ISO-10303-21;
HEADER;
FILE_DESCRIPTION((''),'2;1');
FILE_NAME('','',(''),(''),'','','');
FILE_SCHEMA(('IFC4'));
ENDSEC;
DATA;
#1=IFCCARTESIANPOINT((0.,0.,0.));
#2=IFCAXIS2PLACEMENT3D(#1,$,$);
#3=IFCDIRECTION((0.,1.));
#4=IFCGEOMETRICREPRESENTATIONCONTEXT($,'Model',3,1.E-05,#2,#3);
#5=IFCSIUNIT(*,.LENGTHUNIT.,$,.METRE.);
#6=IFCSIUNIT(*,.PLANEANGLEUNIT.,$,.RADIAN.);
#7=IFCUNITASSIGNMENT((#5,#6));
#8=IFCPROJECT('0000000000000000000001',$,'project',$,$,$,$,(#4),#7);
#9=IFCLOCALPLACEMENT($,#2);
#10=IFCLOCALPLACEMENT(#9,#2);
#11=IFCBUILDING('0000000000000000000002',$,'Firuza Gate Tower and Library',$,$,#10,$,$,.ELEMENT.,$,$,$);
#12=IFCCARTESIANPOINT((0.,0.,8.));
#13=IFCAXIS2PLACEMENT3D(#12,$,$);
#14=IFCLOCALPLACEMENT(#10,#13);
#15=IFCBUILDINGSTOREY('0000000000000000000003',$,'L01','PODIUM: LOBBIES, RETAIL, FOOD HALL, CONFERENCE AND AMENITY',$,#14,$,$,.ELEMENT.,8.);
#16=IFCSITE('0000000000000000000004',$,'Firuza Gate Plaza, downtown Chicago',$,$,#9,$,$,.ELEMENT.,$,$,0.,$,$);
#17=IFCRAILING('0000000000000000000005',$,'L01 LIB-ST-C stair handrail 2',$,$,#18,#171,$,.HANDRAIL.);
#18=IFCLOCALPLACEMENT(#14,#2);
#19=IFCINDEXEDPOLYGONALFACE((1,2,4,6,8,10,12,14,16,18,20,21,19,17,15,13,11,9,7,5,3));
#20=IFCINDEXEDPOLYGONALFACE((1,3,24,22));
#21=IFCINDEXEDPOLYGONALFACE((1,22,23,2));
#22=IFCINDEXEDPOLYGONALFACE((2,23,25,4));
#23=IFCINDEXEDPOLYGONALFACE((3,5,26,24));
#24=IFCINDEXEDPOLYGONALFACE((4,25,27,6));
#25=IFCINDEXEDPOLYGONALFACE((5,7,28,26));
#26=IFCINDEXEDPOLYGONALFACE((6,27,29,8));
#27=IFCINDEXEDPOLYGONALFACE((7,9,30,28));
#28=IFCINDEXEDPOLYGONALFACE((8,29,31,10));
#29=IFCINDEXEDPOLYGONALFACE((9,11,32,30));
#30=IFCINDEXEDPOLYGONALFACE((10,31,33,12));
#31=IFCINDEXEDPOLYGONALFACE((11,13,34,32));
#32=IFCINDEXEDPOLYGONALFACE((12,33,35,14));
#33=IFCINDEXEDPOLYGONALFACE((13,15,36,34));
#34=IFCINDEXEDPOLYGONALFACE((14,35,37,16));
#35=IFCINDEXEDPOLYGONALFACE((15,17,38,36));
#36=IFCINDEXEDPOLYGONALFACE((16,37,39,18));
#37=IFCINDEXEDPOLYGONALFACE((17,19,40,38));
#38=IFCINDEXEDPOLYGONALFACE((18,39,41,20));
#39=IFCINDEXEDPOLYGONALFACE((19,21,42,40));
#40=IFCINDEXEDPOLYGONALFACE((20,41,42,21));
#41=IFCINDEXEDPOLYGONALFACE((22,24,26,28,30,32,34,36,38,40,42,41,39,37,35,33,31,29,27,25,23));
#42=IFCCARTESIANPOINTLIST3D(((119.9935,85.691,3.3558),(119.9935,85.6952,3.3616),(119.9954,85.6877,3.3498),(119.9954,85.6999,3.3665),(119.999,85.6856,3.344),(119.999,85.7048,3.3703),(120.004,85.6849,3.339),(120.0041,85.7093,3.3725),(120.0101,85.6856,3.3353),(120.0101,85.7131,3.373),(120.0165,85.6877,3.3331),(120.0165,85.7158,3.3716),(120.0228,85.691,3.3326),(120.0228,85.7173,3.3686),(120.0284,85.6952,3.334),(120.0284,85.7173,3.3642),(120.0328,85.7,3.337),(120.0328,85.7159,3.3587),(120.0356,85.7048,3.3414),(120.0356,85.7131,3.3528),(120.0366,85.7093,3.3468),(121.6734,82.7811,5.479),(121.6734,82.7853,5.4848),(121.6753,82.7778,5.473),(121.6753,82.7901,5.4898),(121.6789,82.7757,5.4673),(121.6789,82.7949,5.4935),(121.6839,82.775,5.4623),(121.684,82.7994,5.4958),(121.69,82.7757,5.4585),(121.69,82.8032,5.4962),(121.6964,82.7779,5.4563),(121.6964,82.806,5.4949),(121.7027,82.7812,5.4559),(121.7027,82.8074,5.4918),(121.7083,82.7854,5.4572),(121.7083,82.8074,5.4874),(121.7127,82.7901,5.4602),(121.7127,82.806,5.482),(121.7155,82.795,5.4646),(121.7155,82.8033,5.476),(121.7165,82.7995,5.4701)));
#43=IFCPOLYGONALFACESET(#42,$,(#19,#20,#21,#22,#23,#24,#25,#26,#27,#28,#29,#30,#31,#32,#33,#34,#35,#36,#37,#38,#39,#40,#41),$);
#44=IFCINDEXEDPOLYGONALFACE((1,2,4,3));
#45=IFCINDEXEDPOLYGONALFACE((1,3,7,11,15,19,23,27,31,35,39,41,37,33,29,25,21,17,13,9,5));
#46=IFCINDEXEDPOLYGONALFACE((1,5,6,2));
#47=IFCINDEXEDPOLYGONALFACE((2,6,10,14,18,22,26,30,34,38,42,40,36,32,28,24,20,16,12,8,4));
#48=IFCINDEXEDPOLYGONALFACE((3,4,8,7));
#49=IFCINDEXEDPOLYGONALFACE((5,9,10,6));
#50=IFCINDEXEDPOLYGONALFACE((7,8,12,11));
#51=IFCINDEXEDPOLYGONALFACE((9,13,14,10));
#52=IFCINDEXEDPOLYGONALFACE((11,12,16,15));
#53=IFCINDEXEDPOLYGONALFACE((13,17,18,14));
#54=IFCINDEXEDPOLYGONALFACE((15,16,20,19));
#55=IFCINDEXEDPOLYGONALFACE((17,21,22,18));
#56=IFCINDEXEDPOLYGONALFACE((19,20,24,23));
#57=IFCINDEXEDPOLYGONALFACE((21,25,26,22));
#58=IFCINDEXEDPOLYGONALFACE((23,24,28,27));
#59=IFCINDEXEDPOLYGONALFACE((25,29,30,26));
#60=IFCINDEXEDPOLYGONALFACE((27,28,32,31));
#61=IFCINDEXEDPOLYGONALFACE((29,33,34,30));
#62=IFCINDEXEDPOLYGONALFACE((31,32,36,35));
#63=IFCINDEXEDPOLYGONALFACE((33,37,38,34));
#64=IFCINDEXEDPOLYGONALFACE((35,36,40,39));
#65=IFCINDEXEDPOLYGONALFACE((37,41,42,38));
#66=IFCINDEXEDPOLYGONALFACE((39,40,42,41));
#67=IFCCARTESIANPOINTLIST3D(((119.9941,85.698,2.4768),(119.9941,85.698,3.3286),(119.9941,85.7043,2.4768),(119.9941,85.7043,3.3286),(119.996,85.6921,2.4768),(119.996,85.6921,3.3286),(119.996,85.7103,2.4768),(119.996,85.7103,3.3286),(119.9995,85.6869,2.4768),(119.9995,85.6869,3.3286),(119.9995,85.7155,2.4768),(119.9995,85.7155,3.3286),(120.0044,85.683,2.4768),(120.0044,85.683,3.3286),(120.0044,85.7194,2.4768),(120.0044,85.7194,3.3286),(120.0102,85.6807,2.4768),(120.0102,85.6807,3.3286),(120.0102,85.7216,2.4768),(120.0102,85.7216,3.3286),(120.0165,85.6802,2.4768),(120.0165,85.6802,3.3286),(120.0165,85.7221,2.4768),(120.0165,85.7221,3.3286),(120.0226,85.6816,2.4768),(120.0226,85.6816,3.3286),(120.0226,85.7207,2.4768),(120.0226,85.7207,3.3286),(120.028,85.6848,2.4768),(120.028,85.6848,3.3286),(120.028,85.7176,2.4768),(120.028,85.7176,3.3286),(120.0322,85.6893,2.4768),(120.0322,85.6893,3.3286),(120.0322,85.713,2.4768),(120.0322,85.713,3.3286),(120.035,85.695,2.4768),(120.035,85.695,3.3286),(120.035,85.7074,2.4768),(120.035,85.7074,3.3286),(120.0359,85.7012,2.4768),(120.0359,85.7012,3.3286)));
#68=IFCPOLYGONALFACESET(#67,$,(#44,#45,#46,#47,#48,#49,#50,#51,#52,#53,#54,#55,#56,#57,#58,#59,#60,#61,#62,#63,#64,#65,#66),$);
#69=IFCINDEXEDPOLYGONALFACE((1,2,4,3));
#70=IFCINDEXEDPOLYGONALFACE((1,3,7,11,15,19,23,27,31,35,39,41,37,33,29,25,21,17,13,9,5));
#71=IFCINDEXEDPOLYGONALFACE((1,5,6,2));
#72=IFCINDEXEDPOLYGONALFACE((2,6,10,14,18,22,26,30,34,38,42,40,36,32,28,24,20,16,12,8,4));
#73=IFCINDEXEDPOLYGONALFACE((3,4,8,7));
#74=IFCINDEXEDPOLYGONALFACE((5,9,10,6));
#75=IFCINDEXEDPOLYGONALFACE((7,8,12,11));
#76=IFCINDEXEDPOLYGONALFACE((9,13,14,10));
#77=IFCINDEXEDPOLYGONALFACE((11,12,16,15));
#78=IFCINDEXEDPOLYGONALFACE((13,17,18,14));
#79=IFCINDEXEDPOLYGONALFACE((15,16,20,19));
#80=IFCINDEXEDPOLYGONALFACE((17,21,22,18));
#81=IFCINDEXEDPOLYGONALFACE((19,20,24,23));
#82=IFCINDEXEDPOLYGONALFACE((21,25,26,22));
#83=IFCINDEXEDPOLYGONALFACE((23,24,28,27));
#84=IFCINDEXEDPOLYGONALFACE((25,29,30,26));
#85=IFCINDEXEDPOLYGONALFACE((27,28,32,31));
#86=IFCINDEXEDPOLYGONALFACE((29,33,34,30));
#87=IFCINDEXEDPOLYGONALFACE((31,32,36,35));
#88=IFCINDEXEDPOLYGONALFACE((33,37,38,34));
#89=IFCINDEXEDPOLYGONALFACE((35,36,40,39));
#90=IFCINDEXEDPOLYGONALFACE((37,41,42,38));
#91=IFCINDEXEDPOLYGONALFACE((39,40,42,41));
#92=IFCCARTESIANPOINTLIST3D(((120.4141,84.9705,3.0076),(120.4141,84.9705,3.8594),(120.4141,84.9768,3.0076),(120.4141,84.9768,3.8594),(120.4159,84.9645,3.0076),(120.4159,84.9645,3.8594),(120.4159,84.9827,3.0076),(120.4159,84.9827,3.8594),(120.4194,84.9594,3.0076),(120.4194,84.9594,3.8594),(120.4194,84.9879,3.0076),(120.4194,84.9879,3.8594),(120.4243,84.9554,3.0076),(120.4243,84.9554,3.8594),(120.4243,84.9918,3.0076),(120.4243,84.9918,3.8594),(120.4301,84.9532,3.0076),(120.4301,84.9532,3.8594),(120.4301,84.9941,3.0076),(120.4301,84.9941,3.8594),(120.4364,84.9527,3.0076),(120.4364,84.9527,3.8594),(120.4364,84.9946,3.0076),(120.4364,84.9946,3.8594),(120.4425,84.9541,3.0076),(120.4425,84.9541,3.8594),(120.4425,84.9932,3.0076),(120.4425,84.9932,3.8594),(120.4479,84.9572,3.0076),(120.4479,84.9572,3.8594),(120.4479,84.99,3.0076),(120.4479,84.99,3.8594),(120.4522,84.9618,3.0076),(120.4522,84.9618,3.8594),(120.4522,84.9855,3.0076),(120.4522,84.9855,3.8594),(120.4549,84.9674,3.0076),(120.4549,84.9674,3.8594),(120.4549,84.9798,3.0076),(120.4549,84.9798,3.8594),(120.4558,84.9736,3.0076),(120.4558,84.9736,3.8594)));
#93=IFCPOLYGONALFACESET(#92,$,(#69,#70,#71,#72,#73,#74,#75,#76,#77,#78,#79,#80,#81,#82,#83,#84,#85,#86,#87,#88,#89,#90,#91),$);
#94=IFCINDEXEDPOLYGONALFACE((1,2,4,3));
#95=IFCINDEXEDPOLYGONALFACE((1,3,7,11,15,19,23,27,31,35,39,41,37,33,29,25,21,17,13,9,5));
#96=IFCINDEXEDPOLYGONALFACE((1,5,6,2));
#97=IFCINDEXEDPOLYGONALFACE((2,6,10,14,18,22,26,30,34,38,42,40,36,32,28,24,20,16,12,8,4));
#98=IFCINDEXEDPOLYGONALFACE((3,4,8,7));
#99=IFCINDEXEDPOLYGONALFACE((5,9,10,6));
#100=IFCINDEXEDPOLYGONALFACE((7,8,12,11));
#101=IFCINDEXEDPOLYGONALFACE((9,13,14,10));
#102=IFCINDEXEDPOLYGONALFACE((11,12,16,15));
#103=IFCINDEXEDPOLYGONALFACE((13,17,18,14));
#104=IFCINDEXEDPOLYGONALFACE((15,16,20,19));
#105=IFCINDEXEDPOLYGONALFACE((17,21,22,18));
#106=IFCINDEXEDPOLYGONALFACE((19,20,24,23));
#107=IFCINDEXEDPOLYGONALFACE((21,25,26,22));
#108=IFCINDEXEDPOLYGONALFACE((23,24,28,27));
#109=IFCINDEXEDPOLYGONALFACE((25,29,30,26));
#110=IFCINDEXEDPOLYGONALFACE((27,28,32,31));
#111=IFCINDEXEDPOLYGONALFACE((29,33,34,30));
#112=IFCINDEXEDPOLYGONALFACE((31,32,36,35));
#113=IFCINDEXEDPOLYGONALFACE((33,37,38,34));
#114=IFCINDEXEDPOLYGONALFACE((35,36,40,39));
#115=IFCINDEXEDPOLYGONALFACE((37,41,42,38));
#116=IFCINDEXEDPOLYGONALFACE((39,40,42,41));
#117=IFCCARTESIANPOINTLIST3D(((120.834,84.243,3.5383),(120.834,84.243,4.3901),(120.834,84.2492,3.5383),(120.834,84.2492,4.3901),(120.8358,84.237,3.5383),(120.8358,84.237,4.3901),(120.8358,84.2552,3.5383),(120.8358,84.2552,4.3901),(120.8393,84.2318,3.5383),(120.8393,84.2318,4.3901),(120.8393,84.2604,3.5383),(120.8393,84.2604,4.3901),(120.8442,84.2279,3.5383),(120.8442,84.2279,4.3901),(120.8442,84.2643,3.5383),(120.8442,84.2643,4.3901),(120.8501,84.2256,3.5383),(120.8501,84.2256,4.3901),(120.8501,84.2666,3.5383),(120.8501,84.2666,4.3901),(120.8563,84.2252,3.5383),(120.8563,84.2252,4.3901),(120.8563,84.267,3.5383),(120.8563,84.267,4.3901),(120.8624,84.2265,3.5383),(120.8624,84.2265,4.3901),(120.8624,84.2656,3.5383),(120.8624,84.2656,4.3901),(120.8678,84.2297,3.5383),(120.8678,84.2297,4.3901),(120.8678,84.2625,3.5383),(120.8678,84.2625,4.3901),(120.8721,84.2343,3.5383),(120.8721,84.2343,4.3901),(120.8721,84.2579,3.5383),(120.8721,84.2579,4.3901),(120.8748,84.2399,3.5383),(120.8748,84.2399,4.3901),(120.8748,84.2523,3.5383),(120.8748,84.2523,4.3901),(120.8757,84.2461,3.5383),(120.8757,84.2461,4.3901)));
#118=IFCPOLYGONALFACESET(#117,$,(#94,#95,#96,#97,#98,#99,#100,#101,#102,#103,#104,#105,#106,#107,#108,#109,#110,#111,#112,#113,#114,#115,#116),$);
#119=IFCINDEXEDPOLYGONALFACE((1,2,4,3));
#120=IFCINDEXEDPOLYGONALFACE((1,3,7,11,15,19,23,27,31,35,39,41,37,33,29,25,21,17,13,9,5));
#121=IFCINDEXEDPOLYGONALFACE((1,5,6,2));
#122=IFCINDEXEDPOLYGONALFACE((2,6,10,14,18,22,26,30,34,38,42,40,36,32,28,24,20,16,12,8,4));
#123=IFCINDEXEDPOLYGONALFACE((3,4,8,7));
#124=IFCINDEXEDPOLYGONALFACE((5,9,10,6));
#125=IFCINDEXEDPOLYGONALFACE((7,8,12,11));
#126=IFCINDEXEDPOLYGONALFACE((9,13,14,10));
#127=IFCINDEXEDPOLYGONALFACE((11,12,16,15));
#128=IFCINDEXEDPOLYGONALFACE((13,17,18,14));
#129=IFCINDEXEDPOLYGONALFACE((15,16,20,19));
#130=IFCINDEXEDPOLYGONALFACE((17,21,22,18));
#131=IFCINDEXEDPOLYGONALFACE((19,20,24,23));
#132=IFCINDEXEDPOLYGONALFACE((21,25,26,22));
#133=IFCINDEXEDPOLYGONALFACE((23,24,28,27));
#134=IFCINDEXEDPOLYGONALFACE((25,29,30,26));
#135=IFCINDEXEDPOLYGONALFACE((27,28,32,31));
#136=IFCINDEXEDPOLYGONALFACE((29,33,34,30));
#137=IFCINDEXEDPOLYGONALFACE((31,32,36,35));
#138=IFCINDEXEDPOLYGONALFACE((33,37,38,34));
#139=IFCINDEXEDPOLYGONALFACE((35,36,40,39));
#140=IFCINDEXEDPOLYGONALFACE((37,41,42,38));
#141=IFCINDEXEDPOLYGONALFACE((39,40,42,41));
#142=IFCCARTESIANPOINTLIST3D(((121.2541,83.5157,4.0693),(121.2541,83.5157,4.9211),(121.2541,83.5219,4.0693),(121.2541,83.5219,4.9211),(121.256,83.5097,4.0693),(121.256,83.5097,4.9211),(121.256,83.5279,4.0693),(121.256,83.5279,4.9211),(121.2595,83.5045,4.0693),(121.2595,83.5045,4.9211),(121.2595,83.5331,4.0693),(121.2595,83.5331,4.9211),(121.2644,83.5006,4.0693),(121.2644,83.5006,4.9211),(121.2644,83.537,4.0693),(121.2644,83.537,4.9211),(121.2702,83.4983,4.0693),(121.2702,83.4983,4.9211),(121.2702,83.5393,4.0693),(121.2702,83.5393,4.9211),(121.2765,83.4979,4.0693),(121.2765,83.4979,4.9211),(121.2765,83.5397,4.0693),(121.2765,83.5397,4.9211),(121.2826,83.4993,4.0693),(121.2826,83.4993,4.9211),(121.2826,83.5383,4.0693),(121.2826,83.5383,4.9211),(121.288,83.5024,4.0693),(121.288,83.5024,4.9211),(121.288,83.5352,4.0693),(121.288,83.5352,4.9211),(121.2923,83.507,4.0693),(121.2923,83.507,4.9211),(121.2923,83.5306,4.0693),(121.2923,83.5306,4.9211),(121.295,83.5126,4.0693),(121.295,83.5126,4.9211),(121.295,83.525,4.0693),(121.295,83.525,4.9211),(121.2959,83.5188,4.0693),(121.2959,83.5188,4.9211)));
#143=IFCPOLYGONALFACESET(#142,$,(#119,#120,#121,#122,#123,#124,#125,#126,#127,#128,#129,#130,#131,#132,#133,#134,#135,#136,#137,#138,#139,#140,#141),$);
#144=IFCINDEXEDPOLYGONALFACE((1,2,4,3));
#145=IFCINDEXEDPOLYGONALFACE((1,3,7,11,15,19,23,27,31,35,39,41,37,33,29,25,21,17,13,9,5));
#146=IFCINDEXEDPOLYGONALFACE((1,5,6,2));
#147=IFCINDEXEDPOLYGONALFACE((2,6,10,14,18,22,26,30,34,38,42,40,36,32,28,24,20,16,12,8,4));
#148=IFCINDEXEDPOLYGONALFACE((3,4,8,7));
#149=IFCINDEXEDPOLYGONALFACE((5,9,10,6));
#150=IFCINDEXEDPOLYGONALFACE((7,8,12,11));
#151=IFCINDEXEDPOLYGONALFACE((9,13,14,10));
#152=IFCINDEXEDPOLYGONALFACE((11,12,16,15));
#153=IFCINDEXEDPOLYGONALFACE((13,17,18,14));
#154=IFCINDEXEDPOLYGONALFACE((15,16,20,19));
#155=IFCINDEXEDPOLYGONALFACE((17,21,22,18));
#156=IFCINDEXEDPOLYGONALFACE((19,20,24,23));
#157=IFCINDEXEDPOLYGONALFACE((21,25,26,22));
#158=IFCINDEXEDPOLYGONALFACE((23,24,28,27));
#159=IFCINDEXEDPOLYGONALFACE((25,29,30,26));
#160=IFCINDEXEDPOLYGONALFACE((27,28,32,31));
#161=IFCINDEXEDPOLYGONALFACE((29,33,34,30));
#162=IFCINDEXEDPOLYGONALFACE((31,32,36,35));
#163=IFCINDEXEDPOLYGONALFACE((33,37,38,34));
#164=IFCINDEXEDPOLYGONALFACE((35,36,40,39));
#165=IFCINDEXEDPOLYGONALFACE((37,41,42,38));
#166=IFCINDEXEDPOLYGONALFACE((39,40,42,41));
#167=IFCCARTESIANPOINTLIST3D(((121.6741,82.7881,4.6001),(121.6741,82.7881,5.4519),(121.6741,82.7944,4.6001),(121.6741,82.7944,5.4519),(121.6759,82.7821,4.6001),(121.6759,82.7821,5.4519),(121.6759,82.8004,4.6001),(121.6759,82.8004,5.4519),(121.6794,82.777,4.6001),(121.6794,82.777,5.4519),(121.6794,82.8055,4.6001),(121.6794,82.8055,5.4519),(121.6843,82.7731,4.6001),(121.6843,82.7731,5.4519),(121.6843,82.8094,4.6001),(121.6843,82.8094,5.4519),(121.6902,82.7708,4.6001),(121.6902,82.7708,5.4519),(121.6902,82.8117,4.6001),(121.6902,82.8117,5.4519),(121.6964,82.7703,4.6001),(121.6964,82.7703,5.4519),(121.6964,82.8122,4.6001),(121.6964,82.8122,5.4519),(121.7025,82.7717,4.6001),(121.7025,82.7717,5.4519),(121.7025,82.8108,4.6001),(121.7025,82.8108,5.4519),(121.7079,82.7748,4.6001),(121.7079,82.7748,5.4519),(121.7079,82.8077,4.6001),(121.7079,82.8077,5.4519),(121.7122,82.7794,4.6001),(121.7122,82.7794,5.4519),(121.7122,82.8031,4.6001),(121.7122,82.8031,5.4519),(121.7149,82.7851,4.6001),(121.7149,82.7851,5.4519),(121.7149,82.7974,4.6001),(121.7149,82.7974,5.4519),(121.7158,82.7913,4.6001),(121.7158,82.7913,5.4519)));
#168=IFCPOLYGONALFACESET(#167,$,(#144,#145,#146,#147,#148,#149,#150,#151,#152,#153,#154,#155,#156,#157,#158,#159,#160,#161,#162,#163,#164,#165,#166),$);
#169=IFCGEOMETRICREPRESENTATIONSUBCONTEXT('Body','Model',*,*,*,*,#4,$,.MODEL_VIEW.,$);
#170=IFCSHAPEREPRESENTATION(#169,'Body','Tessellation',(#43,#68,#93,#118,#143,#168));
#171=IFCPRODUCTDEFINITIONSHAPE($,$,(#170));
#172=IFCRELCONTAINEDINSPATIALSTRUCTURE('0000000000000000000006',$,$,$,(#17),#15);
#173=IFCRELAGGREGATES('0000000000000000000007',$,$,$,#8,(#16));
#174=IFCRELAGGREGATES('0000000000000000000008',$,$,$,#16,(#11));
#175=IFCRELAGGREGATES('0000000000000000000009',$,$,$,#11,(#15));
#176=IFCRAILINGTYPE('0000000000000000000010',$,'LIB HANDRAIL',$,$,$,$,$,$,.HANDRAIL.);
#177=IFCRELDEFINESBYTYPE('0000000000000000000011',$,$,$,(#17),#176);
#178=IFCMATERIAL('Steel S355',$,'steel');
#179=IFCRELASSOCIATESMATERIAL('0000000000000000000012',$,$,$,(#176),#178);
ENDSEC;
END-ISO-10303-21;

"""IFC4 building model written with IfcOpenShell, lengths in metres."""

from ifc_helpers import new_model, si_unit, direction, frame, origin, origin_2d, place, context, subcontext, project, spatial, circle, extrude, material, type_object, element, save


model = new_model("IFC4")

# Units and contexts
model_context = context("Model", 3, precision=1e-05, world=origin(), true_north=direction((0.0, 1.0)))
body_context = subcontext(model_context, "Body", "Model", "MODEL_VIEW")
ifc_project = project(units=[si_unit("LENGTHUNIT", "METRE"), si_unit("PLANEANGLEUNIT", "RADIAN")], contexts=[model_context])

# Site, building, storey
site_placement = place(None, origin())
site = spatial("IfcSite", under=ifc_project, at=site_placement, Name="Firuza Gate Plaza, downtown Chicago", CompositionType="ELEMENT", RefElevation=0.0)
building_placement = place(site_placement, origin())
building = spatial("IfcBuilding", under=site, at=building_placement, Name="Firuza Gate Tower and Library", CompositionType="ELEMENT")
storey_placement = place(building_placement, frame((0.0, 0.0, 8.0)))
storey = spatial("IfcBuildingStorey", under=building, at=storey_placement, Name="L01", Description="PODIUM: LOBBIES, RETAIL, FOOD HALL, CONFERENCE AND AMENITY", CompositionType="ELEMENT", Elevation=8.0)

# Railing
ifc_material_1 = material(Name="Steel S355", Category="steel")
railing_type_1 = type_object("IfcRailingType", Name="LIB HANDRAIL", PredefinedType="HANDRAIL", material=ifc_material_1)
railing_1_placement = place(storey_placement, frame((120.0149, 85.7012, 2.4768)))
element("IfcRailing", 1, at=railing_1_placement, inside=storey, type_object=railing_type_1, Name="L01 LIB-ST-C stair handrail 2", PredefinedType="HANDRAIL", context=body_context, shape_type="SweptSolid", body=[
    extrude(circle(Radius=0.0239, at=origin_2d()), frame((0.0, 0.0, 0.876), z_axis=(0.422658, -0.732111, 0.534204), x_axis=(0.866039, 0.499976, 0.0)), (0.0, 0.0, 1.0), 3.9746),
    extrude(circle(Radius=0.021, at=origin_2d()), origin(), (0.0, 0.0, 1.0), 0.8518),
    extrude(circle(Radius=0.021, at=origin_2d()), frame((0.4199, -0.7275, 0.5308)), (0.0, 0.0, 1.0), 0.8518),
    extrude(circle(Radius=0.021, at=origin_2d()), frame((0.8398, -1.4551, 1.0615)), (0.0, 0.0, 1.0), 0.8518),
    extrude(circle(Radius=0.021, at=origin_2d()), frame((1.26, -2.1824, 1.5925)), (0.0, 0.0, 1.0), 0.8518),
    extrude(circle(Radius=0.021, at=origin_2d()), frame((1.6799, -2.9099, 2.1233)), (0.0, 0.0, 1.0), 0.8518),
])

save(model, "model.ifc")
